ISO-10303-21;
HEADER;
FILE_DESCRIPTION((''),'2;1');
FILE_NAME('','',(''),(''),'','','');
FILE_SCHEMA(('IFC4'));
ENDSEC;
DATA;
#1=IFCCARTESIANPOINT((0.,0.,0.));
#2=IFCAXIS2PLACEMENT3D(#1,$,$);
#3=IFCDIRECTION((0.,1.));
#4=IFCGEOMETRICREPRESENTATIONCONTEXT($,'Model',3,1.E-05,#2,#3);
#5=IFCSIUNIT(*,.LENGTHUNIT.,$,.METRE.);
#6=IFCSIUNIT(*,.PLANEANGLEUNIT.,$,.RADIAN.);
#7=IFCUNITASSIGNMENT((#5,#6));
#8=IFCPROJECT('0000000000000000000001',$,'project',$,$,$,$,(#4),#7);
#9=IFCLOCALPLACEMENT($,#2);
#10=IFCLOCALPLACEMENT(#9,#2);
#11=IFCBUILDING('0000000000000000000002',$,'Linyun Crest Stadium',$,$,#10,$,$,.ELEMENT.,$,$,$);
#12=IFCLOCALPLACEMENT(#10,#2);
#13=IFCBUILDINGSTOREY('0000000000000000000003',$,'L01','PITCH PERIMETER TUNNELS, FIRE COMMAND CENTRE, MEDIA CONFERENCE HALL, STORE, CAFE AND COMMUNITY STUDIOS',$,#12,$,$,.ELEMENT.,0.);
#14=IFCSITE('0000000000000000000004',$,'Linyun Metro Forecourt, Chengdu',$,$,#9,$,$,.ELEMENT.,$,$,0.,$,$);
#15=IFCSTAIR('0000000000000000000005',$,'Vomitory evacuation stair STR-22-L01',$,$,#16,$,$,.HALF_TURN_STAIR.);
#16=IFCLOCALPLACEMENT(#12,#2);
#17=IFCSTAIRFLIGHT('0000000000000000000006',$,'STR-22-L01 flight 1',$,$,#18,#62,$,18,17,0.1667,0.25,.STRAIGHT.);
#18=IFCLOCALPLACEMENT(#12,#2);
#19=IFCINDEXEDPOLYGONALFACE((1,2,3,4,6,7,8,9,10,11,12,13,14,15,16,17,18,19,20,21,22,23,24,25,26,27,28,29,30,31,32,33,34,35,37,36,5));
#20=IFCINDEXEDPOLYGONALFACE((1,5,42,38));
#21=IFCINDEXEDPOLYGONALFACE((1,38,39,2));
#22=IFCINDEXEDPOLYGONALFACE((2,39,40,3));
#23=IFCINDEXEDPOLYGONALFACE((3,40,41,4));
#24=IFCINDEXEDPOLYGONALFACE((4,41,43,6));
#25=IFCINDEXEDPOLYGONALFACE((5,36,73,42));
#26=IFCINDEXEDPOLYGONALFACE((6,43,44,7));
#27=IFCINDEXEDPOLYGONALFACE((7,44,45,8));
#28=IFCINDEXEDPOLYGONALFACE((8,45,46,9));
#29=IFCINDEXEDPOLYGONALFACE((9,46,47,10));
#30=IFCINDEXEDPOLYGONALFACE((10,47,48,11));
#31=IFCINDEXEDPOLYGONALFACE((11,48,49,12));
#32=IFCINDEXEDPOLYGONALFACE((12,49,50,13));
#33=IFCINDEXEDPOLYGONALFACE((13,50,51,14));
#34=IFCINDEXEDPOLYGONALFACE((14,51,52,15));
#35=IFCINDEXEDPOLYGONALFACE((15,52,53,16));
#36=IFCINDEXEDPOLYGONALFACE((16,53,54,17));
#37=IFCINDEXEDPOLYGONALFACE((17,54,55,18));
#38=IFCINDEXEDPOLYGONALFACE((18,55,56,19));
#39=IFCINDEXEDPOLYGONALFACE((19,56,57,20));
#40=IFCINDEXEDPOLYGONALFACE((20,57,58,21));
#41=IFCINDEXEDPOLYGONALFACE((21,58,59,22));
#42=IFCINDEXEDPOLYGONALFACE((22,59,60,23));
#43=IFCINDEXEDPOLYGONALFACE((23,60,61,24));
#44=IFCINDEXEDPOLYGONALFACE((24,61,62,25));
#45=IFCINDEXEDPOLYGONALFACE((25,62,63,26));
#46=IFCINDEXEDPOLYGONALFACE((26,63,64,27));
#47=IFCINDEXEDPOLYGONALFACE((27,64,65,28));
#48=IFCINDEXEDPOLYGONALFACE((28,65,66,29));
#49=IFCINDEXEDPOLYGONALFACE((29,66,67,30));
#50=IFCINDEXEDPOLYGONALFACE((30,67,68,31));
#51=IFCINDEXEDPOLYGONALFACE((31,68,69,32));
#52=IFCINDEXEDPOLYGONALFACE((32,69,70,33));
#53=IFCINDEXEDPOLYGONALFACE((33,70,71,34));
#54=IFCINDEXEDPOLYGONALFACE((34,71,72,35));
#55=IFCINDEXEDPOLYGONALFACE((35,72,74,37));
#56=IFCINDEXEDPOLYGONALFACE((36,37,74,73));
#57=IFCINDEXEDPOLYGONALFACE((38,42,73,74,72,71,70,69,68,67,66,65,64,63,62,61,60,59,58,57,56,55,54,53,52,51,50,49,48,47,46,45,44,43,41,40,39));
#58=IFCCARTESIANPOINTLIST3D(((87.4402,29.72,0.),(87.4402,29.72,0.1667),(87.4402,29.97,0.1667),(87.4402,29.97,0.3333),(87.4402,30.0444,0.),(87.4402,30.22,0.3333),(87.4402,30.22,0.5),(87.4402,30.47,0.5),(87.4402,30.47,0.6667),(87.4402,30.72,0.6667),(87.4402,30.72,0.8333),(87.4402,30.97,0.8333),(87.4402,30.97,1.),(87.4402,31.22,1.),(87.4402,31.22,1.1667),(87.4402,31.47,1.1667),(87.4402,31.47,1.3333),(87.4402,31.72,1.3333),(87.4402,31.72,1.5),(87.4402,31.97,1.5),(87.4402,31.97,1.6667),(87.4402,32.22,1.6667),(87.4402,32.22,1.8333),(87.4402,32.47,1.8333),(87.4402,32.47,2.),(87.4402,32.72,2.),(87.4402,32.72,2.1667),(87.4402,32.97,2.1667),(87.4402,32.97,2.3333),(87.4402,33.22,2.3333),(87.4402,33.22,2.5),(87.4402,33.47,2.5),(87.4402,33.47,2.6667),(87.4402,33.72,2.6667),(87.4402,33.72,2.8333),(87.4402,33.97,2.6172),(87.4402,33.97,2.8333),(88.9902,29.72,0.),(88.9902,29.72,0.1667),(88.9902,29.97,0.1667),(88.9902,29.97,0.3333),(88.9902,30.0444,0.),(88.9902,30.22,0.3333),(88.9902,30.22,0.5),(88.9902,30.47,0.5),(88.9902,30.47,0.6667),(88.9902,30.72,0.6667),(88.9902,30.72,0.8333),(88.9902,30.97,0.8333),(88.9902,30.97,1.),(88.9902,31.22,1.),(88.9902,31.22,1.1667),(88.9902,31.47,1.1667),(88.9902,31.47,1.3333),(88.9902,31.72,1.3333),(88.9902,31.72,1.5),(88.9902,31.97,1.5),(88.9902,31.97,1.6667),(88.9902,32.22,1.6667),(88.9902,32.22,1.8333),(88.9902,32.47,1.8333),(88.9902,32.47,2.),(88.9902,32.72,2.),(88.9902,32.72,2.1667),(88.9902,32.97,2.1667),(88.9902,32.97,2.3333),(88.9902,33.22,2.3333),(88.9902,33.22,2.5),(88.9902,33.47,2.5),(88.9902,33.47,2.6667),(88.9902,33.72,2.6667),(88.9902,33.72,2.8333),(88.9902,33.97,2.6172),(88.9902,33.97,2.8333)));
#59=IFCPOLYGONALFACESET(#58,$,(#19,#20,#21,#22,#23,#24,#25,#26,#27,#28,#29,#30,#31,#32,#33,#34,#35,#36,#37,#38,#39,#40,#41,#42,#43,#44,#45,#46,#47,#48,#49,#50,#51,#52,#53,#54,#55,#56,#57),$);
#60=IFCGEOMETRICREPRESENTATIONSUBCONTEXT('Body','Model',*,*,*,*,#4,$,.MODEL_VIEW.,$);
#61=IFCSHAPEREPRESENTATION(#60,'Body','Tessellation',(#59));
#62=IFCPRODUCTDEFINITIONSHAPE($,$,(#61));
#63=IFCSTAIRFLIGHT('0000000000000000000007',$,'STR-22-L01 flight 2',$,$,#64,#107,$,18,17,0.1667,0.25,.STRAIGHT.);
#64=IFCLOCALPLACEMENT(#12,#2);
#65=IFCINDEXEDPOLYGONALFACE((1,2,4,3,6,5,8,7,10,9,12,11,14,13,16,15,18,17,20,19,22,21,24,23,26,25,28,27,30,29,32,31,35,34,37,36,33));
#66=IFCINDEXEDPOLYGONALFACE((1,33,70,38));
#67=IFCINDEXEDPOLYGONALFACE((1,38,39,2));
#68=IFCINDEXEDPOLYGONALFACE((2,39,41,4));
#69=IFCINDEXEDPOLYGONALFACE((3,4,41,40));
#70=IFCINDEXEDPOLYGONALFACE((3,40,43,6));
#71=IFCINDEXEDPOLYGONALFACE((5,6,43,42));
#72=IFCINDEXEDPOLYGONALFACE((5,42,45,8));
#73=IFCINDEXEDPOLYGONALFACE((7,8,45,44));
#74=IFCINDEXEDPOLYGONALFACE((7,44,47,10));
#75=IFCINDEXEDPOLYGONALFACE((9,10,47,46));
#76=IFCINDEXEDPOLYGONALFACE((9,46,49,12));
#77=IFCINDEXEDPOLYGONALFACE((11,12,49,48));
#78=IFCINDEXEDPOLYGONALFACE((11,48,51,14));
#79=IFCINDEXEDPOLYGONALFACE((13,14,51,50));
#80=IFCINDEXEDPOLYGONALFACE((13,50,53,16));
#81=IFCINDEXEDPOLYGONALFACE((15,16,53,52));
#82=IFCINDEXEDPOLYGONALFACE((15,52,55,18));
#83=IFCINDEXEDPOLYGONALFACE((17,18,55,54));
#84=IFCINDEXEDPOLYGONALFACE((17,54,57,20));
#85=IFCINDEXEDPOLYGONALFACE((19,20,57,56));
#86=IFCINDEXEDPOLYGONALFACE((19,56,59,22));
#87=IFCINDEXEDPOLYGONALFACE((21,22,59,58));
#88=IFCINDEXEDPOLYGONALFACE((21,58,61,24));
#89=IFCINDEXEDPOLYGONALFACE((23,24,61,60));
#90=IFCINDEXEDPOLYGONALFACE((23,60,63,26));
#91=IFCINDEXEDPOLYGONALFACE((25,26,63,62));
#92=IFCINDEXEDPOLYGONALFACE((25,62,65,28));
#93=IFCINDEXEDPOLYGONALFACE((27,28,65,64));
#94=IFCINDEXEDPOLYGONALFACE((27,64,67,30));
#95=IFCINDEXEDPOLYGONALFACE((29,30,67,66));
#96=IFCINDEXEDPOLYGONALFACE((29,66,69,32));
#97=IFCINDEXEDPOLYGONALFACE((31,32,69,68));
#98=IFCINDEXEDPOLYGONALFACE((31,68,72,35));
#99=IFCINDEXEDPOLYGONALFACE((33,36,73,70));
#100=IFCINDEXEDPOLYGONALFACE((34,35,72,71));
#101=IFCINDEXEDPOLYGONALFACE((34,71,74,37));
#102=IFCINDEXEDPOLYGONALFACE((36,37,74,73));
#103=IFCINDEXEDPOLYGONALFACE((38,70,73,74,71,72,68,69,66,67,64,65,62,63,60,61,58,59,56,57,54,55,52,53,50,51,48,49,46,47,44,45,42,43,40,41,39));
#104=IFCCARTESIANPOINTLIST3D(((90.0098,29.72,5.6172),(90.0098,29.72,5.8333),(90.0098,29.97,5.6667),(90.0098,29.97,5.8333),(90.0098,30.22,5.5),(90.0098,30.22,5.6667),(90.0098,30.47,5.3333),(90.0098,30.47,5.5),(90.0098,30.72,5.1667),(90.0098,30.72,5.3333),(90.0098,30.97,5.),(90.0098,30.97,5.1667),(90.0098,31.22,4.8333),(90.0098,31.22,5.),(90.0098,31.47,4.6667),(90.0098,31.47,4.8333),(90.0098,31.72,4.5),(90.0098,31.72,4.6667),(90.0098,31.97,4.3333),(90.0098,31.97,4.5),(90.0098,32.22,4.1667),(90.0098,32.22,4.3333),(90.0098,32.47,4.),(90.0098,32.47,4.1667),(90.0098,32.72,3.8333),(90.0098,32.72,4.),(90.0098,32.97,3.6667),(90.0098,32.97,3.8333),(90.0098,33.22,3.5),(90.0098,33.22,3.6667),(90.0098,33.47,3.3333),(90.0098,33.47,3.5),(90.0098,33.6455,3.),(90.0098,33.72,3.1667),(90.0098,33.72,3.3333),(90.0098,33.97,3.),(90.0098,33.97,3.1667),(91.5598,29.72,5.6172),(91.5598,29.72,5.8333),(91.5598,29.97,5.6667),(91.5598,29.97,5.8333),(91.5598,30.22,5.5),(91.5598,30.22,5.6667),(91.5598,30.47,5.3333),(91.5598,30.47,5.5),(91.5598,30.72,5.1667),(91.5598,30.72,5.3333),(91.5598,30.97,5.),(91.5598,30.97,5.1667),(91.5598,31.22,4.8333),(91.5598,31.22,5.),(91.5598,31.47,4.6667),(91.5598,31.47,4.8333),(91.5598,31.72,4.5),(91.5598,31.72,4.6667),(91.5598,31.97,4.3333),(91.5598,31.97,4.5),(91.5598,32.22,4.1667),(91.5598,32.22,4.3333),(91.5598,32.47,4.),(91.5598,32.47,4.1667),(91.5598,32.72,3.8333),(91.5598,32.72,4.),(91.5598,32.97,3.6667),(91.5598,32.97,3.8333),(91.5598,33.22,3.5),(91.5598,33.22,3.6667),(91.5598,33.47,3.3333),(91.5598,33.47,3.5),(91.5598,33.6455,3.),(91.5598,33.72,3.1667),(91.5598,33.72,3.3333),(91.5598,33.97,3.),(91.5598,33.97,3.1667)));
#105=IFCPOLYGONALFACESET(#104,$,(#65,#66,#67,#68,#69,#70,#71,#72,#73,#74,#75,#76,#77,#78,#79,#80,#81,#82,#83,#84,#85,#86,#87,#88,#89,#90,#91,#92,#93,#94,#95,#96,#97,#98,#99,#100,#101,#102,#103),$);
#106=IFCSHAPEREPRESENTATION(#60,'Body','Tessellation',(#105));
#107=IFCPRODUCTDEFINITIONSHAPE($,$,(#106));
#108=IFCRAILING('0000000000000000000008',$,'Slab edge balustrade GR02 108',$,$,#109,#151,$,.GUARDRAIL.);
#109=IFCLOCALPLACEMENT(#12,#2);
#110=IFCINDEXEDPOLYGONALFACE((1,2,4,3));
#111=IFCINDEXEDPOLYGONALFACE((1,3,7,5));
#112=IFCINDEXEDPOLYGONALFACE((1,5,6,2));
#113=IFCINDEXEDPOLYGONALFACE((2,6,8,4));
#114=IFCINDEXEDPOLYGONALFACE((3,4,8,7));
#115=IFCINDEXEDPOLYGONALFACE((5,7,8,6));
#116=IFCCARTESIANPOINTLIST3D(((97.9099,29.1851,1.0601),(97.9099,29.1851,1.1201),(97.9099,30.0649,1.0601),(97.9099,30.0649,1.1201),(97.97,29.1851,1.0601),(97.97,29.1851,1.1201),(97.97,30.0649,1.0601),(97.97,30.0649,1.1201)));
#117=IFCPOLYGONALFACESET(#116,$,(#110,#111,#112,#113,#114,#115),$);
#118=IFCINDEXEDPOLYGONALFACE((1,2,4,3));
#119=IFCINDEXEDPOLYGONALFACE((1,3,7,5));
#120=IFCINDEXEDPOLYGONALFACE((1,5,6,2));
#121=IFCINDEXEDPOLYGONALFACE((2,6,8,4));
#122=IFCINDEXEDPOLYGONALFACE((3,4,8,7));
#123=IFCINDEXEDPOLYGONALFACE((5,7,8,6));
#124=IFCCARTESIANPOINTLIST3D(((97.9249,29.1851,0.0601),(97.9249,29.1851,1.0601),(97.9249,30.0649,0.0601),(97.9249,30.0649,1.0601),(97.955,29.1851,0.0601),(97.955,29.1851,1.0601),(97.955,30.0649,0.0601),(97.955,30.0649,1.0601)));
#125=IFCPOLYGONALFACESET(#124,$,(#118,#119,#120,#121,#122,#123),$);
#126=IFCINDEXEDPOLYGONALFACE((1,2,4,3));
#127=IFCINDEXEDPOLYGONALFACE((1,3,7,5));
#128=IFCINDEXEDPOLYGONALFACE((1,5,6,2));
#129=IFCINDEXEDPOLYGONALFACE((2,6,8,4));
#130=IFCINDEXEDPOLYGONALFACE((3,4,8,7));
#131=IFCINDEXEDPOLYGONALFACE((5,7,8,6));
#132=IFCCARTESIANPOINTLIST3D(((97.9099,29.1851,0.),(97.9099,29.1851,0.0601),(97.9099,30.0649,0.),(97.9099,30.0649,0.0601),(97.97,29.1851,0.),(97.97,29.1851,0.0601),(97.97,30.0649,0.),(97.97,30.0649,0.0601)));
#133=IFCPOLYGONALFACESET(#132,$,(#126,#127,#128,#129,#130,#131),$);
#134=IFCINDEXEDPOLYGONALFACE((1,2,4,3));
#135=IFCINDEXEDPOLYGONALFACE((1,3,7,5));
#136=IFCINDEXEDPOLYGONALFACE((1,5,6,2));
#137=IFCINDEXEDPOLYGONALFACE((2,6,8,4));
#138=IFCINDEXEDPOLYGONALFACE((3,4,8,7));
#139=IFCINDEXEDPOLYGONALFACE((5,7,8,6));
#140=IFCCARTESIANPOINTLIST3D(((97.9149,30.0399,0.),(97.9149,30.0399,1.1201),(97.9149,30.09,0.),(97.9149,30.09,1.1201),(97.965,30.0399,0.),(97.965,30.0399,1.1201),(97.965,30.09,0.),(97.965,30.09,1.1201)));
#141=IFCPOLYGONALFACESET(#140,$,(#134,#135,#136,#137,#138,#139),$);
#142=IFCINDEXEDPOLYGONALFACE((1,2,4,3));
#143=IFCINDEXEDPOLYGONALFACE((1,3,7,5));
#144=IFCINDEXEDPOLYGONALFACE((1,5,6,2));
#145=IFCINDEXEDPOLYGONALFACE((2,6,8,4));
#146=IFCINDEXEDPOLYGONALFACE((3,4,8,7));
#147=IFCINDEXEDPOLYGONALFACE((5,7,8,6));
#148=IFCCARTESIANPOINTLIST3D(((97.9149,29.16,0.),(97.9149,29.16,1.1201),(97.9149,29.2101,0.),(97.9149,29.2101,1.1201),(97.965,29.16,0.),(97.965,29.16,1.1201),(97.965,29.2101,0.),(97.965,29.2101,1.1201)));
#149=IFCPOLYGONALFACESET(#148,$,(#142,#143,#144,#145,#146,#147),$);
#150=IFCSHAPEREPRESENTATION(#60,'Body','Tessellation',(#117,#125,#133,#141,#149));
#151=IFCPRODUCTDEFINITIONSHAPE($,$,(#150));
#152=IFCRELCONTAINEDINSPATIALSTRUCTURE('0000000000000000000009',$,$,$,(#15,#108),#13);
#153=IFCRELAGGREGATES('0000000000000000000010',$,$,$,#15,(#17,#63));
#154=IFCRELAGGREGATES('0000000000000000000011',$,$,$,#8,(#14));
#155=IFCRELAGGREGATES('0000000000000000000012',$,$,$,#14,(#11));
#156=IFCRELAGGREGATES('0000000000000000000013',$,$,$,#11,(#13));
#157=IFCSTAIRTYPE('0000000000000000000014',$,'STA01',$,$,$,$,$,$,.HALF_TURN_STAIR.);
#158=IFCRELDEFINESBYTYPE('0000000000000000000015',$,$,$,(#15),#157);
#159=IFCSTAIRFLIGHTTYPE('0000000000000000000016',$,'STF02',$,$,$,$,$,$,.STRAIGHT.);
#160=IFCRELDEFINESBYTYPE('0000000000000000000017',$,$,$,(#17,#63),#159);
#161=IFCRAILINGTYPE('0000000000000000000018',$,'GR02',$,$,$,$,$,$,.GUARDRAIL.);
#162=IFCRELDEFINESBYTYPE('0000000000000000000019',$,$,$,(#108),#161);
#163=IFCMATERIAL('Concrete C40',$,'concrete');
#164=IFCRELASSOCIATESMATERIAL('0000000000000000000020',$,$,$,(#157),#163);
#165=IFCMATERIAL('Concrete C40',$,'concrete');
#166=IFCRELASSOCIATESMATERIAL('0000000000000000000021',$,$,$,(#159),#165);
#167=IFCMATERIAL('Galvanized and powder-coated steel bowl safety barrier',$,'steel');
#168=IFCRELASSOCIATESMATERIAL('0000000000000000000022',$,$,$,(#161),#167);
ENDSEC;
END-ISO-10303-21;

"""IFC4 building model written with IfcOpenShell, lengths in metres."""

from ifc_helpers import new_model, si_unit, direction, frame, origin, origin_2d, place, context, subcontext, project, spatial, polyline, rectangle, outline, extrude, material, type_object, element, aggregate, save


model = new_model("IFC4")

# Units and contexts
model_context = context("Model", 3, precision=1e-05, world=origin(), true_north=direction((0.0, 1.0)))
body_context = subcontext(model_context, "Body", "Model", "MODEL_VIEW")
ifc_project = project(units=[si_unit("LENGTHUNIT", "METRE"), si_unit("PLANEANGLEUNIT", "RADIAN")], contexts=[model_context])

# Site, building, storey
site_placement = place(None, origin())
site = spatial("IfcSite", under=ifc_project, at=site_placement, Name="Linyun Metro Forecourt, Chengdu", CompositionType="ELEMENT", RefElevation=0.0)
building_placement = place(site_placement, origin())
building = spatial("IfcBuilding", under=site, at=building_placement, Name="Linyun Crest Stadium", CompositionType="ELEMENT")
storey_placement = place(building_placement, origin())
storey = spatial("IfcBuildingStorey", under=building, at=storey_placement, Name="L01", Description="PITCH PERIMETER TUNNELS, FIRE COMMAND CENTRE, MEDIA CONFERENCE HALL, STORE, CAFE AND COMMUNITY STUDIOS", CompositionType="ELEMENT", Elevation=0.0)

# Stair, stair flights
ifc_material_1 = material(Name="Concrete C40", Category="concrete")
stair_type = type_object("IfcStairType", Name="STA01", PredefinedType="HALF_TURN_STAIR", material=ifc_material_1)
ifc_material_2 = material(Name="Concrete C40", Category="concrete")
stair_flight_type = type_object("IfcStairFlightType", Name="STF02", PredefinedType="STRAIGHT", material=ifc_material_2)
stair_1_placement = place(storey_placement, origin())
stair_1 = element("IfcStair", 1, at=stair_1_placement, inside=storey, type_object=stair_type, Name="Vomitory evacuation stair STR-22-L01", PredefinedType="HALF_TURN_STAIR")
stair_flight_1_placement = place(storey_placement, frame((88.2151, 29.72, 0.0), z_axis=(0.0, 0.0, 1.0), x_axis=(0.0, 1.0, 0.0)))
stair_flight_1 = element("IfcStairFlight", 2, at=stair_flight_1_placement, type_object=stair_flight_type, Name="STR-22-L01 flight 1", NumberOfRisers=18, NumberOfTreads=17, PredefinedType="STRAIGHT", RiserHeight=0.1667, TreadLength=0.25, context=body_context, shape_type="SweptSolid", body=[
    extrude(outline(polyline([(0.0, 0.0), (0.0, 0.1667), (0.25, 0.1667), (0.25, 0.3333), (0.5, 0.3333), (0.5, 0.5), (0.75, 0.5), (0.75, 0.6667), (1.0, 0.6667), (1.0, 0.8333), (1.25, 0.8333), (1.25, 1.0), (1.5, 1.0), (1.5, 1.1667), (1.75, 1.1667), (1.75, 1.3333), (2.0, 1.3333), (2.0, 1.5), (2.25, 1.5), (2.25, 1.6667), (2.5, 1.6667), (2.5, 1.8333), (2.75, 1.8333), (2.75, 2.0), (3.0, 2.0), (3.0, 2.1667), (3.25, 2.1667), (3.25, 2.3333), (3.5, 2.3333), (3.5, 2.5), (3.75, 2.5), (3.75, 2.6667), (4.0, 2.6667), (4.0, 2.8333), (4.25, 2.8333), (4.25, 3.0), (4.25, 2.6172), (0.3245, 0.0), (0.0, 0.0)])), frame((0.0, 0.7749, 0.0), z_axis=(0.0, -1.0, 0.0), x_axis=(1.0, 0.0, 0.0)), (0.0, 0.0, 1.0), 1.55),
])
stair_flight_2_placement = place(storey_placement, frame((90.7849, 33.97, 3.0), z_axis=(0.0, 0.0, 1.0), x_axis=(0.0, -1.0, 0.0)))
stair_flight_2 = element("IfcStairFlight", 3, at=stair_flight_2_placement, type_object=stair_flight_type, Name="STR-22-L01 flight 2", NumberOfRisers=18, NumberOfTreads=17, PredefinedType="STRAIGHT", RiserHeight=0.1667, TreadLength=0.25, context=body_context, shape_type="SweptSolid", body=[
    extrude(outline(polyline([(0.0, 0.0), (0.0, 0.1667), (0.25, 0.1667), (0.25, 0.3333), (0.5, 0.3333), (0.5, 0.5), (0.75, 0.5), (0.75, 0.6667), (1.0, 0.6667), (1.0, 0.8333), (1.25, 0.8333), (1.25, 1.0), (1.5, 1.0), (1.5, 1.1667), (1.75, 1.1667), (1.75, 1.3333), (2.0, 1.3333), (2.0, 1.5), (2.25, 1.5), (2.25, 1.6667), (2.5, 1.6667), (2.5, 1.8333), (2.75, 1.8333), (2.75, 2.0), (3.0, 2.0), (3.0, 2.1667), (3.25, 2.1667), (3.25, 2.3333), (3.5, 2.3333), (3.5, 2.5), (3.75, 2.5), (3.75, 2.6667), (4.0, 2.6667), (4.0, 2.8333), (4.25, 2.8333), (4.25, 3.0), (4.25, 2.6172), (0.3245, 0.0), (0.0, 0.0)])), frame((0.0, 0.7749, 0.0), z_axis=(0.0, -1.0, 0.0), x_axis=(1.0, 0.0, 0.0)), (0.0, 0.0, 1.0), 1.55),
])
aggregate(stair_1, [stair_flight_1, stair_flight_2])

# Railing
ifc_material_3 = material(Name="Galvanized and powder-coated steel bowl safety barrier", Category="steel")
railing_type_1 = type_object("IfcRailingType", Name="GR02", PredefinedType="GUARDRAIL", material=ifc_material_3)
railing_1_placement = place(storey_placement, frame((97.9399, 30.0649, 0.0)))
element("IfcRailing", 4, at=railing_1_placement, inside=storey, type_object=railing_type_1, Name="Slab edge balustrade GR02 108", PredefinedType="GUARDRAIL", context=body_context, shape_type="SweptSolid", body=[
    extrude(rectangle(XDim=0.0601, YDim=0.0601, at=origin_2d()), frame((0.0, 0.0, 1.0901), z_axis=(0.0, -1.0, 0.0), x_axis=(1.0, 0.0, 0.0)), (0.0, 0.0, 1.0), 0.8799),
    extrude(rectangle(XDim=0.03, YDim=1.0, at=origin_2d()), frame((0.0, 0.0, 0.5601), z_axis=(0.0, -1.0, 0.0), x_axis=(1.0, 0.0, 0.0)), (0.0, 0.0, 1.0), 0.8799),
    extrude(rectangle(XDim=0.0601, YDim=0.0601, at=origin_2d()), frame((0.0, 0.0, 0.03), z_axis=(0.0, -1.0, 0.0), x_axis=(1.0, 0.0, 0.0)), (0.0, 0.0, 1.0), 0.8799),
    extrude(rectangle(XDim=0.05, YDim=0.05, at=origin_2d()), origin(), (0.0, 0.0, 1.0), 1.1201),
    extrude(rectangle(XDim=0.05, YDim=0.05, at=origin_2d()), frame((0.0, -0.8799, 0.0)), (0.0, 0.0, 1.0), 1.1201),
])

save(model, "model.ifc")
